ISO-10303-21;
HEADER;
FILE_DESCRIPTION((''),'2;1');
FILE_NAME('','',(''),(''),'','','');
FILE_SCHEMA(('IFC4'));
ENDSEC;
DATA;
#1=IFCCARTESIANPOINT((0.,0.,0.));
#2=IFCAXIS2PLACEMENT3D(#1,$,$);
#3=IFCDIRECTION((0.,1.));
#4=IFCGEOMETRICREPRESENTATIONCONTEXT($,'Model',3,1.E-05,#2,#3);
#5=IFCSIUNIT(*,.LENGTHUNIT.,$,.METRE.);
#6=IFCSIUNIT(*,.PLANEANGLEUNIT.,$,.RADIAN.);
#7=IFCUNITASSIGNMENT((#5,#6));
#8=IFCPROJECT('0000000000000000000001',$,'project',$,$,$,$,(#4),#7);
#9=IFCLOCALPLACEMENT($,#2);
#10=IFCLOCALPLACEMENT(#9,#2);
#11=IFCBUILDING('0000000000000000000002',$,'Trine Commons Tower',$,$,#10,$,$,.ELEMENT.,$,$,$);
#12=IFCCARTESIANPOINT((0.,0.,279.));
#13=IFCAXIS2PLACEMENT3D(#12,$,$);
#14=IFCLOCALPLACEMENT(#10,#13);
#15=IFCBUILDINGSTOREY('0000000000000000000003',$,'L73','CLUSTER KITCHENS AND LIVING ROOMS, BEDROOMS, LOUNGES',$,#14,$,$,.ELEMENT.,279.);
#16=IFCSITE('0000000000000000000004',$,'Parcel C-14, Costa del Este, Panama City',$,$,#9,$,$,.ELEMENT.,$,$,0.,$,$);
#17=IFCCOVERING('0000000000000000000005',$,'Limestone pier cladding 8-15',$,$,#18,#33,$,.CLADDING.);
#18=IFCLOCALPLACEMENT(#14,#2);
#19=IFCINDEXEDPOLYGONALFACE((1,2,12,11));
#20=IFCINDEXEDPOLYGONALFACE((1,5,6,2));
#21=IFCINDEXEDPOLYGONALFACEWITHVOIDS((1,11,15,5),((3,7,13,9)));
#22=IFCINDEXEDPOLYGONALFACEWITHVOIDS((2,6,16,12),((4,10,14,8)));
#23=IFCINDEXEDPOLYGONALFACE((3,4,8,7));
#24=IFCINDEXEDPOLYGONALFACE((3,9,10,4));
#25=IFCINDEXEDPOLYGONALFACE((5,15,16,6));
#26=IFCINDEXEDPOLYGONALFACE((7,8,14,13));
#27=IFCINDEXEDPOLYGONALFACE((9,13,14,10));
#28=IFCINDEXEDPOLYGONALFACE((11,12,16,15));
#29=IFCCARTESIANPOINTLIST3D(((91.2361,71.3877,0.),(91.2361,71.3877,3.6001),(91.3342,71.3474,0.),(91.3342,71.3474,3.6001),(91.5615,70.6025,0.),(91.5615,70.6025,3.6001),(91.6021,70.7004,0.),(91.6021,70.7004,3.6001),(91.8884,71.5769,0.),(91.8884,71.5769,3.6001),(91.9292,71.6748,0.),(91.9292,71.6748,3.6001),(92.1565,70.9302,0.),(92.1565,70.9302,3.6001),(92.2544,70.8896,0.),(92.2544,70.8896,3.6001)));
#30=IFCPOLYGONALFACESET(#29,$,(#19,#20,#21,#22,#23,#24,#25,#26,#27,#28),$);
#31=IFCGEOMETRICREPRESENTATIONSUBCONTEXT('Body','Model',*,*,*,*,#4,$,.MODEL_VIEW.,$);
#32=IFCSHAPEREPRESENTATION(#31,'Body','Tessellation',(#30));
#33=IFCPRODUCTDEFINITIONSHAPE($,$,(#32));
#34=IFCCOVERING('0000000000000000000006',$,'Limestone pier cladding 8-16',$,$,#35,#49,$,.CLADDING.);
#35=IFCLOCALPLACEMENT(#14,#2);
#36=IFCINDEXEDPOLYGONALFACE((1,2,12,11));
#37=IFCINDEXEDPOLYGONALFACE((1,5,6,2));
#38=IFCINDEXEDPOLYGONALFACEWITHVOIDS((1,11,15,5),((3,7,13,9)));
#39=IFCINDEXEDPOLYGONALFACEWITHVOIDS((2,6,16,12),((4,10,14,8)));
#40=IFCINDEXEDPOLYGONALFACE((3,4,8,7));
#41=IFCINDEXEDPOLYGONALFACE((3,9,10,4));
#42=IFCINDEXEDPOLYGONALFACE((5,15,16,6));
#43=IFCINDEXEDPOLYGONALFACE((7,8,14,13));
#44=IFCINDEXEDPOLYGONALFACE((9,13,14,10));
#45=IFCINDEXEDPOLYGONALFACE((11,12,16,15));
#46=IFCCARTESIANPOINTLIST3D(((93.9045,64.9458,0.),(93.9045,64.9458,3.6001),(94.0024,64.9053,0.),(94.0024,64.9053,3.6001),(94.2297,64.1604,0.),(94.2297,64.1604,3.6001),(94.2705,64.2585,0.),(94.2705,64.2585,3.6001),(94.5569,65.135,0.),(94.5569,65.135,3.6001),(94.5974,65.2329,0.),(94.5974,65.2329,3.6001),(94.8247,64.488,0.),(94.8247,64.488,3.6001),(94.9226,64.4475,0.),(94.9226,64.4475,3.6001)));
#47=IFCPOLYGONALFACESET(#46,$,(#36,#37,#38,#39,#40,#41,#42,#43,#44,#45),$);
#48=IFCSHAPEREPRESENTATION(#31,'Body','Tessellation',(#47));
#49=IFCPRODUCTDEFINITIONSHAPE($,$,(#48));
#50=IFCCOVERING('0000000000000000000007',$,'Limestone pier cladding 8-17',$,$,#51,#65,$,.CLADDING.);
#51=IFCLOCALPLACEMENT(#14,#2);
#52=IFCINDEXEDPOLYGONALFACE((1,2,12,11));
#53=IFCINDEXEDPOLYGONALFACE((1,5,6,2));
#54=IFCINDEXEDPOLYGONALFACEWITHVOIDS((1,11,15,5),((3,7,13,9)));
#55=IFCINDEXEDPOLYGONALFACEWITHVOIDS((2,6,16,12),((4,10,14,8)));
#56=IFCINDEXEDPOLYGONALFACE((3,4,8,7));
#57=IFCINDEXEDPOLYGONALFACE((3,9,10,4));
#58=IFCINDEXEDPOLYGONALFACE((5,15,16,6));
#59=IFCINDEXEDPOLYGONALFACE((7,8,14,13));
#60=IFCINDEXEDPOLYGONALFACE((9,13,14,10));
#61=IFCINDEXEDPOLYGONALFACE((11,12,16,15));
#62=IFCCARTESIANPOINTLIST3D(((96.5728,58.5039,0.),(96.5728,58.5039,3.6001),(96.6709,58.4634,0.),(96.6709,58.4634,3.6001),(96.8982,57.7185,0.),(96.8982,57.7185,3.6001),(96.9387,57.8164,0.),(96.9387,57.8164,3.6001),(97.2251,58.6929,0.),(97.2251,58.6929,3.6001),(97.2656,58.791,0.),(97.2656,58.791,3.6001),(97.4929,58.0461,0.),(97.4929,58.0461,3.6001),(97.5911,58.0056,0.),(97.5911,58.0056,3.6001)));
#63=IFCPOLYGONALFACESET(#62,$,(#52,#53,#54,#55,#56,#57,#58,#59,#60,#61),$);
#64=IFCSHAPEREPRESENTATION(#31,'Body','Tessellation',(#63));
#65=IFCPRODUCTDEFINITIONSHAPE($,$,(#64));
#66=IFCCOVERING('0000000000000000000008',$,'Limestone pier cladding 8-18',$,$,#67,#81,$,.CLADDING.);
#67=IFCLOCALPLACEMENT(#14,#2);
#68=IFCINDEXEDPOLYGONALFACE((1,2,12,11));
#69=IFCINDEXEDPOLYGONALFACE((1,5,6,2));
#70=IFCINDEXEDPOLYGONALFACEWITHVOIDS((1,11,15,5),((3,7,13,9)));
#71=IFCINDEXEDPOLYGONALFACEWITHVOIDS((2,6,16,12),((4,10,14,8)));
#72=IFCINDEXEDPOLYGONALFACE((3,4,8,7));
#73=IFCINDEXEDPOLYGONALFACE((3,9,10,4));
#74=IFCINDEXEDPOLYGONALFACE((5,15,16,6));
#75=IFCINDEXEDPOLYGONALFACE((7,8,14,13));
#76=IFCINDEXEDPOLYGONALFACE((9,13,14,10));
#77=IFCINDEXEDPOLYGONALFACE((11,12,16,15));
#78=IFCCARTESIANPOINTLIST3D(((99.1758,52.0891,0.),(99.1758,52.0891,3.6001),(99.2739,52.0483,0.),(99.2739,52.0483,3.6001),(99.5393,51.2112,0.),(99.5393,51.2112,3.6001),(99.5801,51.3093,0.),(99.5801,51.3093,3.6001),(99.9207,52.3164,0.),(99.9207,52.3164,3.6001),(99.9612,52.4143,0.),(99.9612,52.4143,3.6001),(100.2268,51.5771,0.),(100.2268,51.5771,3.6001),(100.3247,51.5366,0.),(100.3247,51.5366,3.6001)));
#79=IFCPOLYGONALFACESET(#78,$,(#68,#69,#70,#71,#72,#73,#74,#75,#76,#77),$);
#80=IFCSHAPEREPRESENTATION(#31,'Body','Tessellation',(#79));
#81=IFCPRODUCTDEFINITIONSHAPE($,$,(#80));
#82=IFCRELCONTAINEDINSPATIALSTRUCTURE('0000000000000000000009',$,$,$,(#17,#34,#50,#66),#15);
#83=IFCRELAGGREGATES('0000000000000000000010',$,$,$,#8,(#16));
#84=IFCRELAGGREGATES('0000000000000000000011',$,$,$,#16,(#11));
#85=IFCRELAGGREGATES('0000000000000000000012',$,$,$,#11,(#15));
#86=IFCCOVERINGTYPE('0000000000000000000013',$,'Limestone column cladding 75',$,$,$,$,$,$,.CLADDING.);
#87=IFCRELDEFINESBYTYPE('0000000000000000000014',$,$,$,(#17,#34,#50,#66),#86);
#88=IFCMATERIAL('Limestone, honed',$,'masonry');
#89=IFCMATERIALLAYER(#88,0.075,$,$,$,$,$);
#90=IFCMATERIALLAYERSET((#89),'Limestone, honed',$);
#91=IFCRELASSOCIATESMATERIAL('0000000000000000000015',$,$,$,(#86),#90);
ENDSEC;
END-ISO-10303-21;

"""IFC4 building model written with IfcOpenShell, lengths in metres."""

from ifc_helpers import new_model, si_unit, direction, frame, origin, place, context, subcontext, project, spatial, polyline, outline, extrude, material, layer, layer_set, type_object, element, save


model = new_model("IFC4")

# Units and contexts
model_context = context("Model", 3, precision=1e-05, world=origin(), true_north=direction((0.0, 1.0)))
body_context = subcontext(model_context, "Body", "Model", "MODEL_VIEW")
ifc_project = project(units=[si_unit("LENGTHUNIT", "METRE"), si_unit("PLANEANGLEUNIT", "RADIAN")], contexts=[model_context])

# Site, building, storey
site_placement = place(None, origin())
site = spatial("IfcSite", under=ifc_project, at=site_placement, Name="Parcel C-14, Costa del Este, Panama City", CompositionType="ELEMENT", RefElevation=0.0)
building_placement = place(site_placement, origin())
building = spatial("IfcBuilding", under=site, at=building_placement, Name="Trine Commons Tower", CompositionType="ELEMENT")
storey_placement = place(building_placement, frame((0.0, 0.0, 279.0)))
storey = spatial("IfcBuildingStorey", under=building, at=storey_placement, Name="L73", Description="CLUSTER KITCHENS AND LIVING ROOMS, BEDROOMS, LOUNGES", CompositionType="ELEMENT", Elevation=279.0)

# Coverings
ifc_material_1 = material(Name="Limestone, honed", Category="masonry")
ifc_layer_1 = layer(ifc_material_1, 0.075)
ifc_layer_set_1 = layer_set([ifc_layer_1], Name="Limestone, honed")
covering_type_1 = type_object("IfcCoveringType", Name="Limestone column cladding 75", PredefinedType="CLADDING", material=ifc_layer_set_1)
covering_1_placement = place(storey_placement, origin())
element("IfcCovering", 1, at=covering_1_placement, inside=storey, type_object=covering_type_1, Name="Limestone pier cladding 8-15", PredefinedType="CLADDING", context=body_context, shape_type="SweptSolid", body=[
    extrude(outline(polyline([(91.9292, 71.6748), (91.2361, 71.3877), (91.5615, 70.6025), (92.2544, 70.8896), (91.9292, 71.6748)]), holes=[polyline([(91.8884, 71.5769), (91.3342, 71.3474), (91.6021, 70.7004), (92.1565, 70.9302), (91.8884, 71.5769)])]), origin(), (0.0, 0.0, 1.0), 3.6001),
])
covering_2_placement = place(storey_placement, origin())
element("IfcCovering", 2, at=covering_2_placement, inside=storey, type_object=covering_type_1, Name="Limestone pier cladding 8-16", PredefinedType="CLADDING", context=body_context, shape_type="SweptSolid", body=[
    extrude(outline(polyline([(94.5974, 65.2329), (93.9045, 64.9458), (94.2297, 64.1604), (94.9226, 64.4475), (94.5974, 65.2329)]), holes=[polyline([(94.5569, 65.135), (94.0024, 64.9053), (94.2705, 64.2585), (94.8247, 64.488), (94.5569, 65.135)])]), origin(), (0.0, 0.0, 1.0), 3.6001),
])
covering_3_placement = place(storey_placement, origin())
element("IfcCovering", 3, at=covering_3_placement, inside=storey, type_object=covering_type_1, Name="Limestone pier cladding 8-17", PredefinedType="CLADDING", context=body_context, shape_type="SweptSolid", body=[
    extrude(outline(polyline([(97.2656, 58.791), (96.5728, 58.5039), (96.8982, 57.7185), (97.5911, 58.0056), (97.2656, 58.791)]), holes=[polyline([(97.2251, 58.6929), (96.6709, 58.4634), (96.9387, 57.8164), (97.4929, 58.0461), (97.2251, 58.6929)])]), origin(), (0.0, 0.0, 1.0), 3.6001),
])
covering_4_placement = place(storey_placement, origin())
element("IfcCovering", 4, at=covering_4_placement, inside=storey, type_object=covering_type_1, Name="Limestone pier cladding 8-18", PredefinedType="CLADDING", context=body_context, shape_type="SweptSolid", body=[
    extrude(outline(polyline([(99.9612, 52.4143), (99.1758, 52.0891), (99.5393, 51.2112), (100.3247, 51.5366), (99.9612, 52.4143)]), holes=[polyline([(99.9207, 52.3164), (99.2739, 52.0483), (99.5801, 51.3093), (100.2268, 51.5771), (99.9207, 52.3164)])]), origin(), (0.0, 0.0, 1.0), 3.6001),
])

save(model, "model.ifc")
